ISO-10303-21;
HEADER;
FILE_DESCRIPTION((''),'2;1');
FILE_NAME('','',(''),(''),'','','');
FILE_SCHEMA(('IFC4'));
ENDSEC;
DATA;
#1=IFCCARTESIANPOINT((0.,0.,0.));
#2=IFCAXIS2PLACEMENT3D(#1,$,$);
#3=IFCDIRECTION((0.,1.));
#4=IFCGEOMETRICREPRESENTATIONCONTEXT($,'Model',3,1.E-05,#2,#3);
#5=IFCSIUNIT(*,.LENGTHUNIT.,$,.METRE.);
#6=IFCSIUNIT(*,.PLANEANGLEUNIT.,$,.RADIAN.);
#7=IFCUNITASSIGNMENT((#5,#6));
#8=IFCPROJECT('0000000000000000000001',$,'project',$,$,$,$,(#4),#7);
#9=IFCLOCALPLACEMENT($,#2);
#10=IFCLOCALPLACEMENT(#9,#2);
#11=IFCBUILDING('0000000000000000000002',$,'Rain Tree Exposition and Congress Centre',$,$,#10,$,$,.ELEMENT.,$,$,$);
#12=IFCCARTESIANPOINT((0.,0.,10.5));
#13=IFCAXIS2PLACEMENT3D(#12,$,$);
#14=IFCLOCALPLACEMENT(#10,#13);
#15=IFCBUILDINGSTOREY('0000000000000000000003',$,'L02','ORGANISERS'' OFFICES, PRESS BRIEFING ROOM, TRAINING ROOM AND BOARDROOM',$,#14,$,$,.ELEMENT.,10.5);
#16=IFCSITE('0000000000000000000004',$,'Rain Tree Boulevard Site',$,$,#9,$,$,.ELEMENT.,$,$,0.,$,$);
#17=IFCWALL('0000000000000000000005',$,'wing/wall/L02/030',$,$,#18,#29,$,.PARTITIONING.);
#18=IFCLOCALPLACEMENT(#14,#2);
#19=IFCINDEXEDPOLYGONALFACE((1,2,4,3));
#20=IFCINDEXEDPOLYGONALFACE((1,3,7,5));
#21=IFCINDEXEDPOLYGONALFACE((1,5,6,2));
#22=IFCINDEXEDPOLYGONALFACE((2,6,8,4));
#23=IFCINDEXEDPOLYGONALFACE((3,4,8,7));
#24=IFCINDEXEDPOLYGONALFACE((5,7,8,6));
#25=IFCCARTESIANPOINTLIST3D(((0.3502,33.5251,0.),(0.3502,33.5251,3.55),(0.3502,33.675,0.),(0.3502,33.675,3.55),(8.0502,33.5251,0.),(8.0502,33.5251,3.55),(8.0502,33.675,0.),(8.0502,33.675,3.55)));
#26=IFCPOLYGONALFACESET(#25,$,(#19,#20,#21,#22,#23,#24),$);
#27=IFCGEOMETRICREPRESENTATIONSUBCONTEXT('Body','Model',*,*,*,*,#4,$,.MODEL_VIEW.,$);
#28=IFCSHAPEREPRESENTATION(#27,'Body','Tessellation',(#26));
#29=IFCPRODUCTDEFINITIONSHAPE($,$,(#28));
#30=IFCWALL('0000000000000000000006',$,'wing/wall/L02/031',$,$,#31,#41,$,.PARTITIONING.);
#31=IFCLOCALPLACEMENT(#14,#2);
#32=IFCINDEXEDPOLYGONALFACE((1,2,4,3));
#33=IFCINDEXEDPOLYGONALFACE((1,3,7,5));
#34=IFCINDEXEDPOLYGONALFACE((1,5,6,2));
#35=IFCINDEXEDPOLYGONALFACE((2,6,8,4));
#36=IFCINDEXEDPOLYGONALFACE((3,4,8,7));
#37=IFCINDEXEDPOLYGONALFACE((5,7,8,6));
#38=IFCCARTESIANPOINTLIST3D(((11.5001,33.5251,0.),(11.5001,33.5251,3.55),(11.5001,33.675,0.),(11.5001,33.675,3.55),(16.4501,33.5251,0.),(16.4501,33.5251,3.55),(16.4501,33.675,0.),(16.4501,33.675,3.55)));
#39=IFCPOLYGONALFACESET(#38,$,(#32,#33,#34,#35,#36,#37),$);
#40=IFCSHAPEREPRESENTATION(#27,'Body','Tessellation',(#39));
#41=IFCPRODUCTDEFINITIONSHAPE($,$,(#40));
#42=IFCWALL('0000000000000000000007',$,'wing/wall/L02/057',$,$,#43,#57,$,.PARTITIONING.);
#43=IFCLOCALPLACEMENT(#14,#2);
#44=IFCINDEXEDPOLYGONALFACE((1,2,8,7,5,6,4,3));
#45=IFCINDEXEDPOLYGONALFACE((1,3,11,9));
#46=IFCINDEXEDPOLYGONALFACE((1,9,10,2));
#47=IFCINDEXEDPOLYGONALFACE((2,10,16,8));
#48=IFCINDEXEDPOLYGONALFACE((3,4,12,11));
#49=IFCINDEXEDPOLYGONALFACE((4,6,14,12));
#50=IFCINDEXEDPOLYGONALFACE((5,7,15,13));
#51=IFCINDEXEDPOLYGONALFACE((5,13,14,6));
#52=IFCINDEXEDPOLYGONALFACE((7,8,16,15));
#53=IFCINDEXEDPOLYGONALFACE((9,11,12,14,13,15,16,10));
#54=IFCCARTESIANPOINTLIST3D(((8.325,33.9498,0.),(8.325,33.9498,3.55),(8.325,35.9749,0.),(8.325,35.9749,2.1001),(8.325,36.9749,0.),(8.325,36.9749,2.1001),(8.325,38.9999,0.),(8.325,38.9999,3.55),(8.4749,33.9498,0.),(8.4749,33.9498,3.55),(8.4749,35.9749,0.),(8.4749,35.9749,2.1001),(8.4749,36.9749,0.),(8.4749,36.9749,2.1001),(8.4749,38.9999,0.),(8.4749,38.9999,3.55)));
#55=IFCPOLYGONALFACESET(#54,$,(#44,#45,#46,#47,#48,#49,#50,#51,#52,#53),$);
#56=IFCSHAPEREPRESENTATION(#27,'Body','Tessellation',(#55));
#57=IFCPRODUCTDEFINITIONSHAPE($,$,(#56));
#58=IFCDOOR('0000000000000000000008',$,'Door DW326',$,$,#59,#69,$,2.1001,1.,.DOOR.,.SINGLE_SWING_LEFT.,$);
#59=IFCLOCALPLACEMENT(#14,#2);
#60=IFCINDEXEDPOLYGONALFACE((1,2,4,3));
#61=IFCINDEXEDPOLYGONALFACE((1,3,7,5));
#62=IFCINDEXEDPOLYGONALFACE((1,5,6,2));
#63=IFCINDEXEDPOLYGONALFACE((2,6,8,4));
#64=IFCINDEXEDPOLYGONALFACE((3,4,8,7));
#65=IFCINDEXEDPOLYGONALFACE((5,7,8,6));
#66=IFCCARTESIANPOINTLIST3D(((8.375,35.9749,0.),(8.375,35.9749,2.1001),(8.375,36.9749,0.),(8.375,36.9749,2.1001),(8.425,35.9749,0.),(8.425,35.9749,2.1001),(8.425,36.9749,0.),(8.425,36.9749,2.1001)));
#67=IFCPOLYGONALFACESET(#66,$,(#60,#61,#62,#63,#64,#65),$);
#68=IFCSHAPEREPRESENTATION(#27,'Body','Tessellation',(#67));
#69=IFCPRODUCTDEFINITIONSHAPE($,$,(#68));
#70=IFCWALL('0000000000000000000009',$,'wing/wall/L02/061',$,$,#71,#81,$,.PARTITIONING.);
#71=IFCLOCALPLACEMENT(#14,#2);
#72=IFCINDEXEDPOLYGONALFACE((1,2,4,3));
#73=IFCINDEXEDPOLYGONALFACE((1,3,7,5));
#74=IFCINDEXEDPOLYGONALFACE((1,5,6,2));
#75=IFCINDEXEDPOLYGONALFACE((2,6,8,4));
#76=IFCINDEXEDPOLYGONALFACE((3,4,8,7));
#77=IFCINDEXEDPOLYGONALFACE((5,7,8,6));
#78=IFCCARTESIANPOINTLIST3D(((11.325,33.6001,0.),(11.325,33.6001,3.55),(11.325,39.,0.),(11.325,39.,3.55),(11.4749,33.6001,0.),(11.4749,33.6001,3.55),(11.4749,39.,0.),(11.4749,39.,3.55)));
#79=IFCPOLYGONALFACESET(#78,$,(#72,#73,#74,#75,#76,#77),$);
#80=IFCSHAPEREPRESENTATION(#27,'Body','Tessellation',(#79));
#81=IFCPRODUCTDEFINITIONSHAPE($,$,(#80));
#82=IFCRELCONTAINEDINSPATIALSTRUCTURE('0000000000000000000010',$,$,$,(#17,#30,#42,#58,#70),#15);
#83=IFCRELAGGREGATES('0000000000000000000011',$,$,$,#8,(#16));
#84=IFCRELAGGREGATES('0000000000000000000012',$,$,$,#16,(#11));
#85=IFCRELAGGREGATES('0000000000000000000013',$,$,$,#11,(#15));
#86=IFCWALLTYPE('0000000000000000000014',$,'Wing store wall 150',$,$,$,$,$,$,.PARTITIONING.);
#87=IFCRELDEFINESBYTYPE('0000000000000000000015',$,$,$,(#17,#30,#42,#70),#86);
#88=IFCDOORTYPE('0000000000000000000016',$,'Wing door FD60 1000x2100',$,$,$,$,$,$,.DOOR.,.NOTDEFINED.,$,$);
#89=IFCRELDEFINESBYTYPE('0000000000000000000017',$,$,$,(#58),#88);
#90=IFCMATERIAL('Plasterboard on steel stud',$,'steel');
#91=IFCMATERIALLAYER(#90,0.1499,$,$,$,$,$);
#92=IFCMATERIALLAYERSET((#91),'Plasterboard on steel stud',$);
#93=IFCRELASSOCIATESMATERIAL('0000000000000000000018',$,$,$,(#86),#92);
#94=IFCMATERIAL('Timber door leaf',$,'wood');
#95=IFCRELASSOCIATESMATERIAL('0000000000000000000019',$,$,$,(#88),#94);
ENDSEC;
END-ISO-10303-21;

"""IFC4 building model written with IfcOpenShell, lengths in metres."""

from ifc_helpers import new_model, si_unit, direction, frame, frame_2d, origin, place, context, subcontext, project, spatial, rectangle, extrude, material, layer, layer_set, type_object, element, fill, save


model = new_model("IFC4")

# Units and contexts
model_context = context("Model", 3, precision=1e-05, world=origin(), true_north=direction((0.0, 1.0)))
body_context = subcontext(model_context, "Body", "Model", "MODEL_VIEW")
ifc_project = project(units=[si_unit("LENGTHUNIT", "METRE"), si_unit("PLANEANGLEUNIT", "RADIAN")], contexts=[model_context])

# Site, building, storey
site_placement = place(None, origin())
site = spatial("IfcSite", under=ifc_project, at=site_placement, Name="Rain Tree Boulevard Site", CompositionType="ELEMENT", RefElevation=0.0)
building_placement = place(site_placement, origin())
building = spatial("IfcBuilding", under=site, at=building_placement, Name="Rain Tree Exposition and Congress Centre", CompositionType="ELEMENT")
storey_placement = place(building_placement, frame((0.0, 0.0, 10.5)))
storey = spatial("IfcBuildingStorey", under=building, at=storey_placement, Name="L02", Description="ORGANISERS' OFFICES, PRESS BRIEFING ROOM, TRAINING ROOM AND BOARDROOM", CompositionType="ELEMENT", Elevation=10.5)

# Walls
ifc_material_1 = material(Name="Plasterboard on steel stud", Category="steel")
ifc_layer_1 = layer(ifc_material_1, 0.1499)
ifc_layer_set_1 = layer_set([ifc_layer_1], Name="Plasterboard on steel stud")
wall_type = type_object("IfcWallType", Name="Wing store wall 150", PredefinedType="PARTITIONING", material=ifc_layer_set_1)
wall_1_placement = place(storey_placement, frame((0.3501, 33.6001, 0.0), z_axis=(0.0, 0.0, 1.0), x_axis=(1.0, 0.0, 0.0)))
element("IfcWall", 1, at=wall_1_placement, inside=storey, type_object=wall_type, Name="wing/wall/L02/030", PredefinedType="PARTITIONING", context=body_context, shape_type="SweptSolid", body=[
    extrude(rectangle(XDim=7.7, YDim=0.1499, at=frame_2d((3.8501, 0.0))), origin(), (0.0, 0.0, 1.0), 3.55),
])
wall_2_placement = place(storey_placement, frame((11.5, 33.6001, 0.0), z_axis=(0.0, 0.0, 1.0), x_axis=(1.0, 0.0, 0.0)))
element("IfcWall", 2, at=wall_2_placement, inside=storey, type_object=wall_type, Name="wing/wall/L02/031", PredefinedType="PARTITIONING", context=body_context, shape_type="SweptSolid", body=[
    extrude(rectangle(XDim=4.95, YDim=0.1499, at=frame_2d((2.4751, 0.0))), origin(), (0.0, 0.0, 1.0), 3.55),
])

# Wall, opening, door
wall_3_placement = place(storey_placement, frame((8.3999, 33.95, 0.0), z_axis=(0.0, 0.0, 1.0), x_axis=(0.0, 1.0, 0.0)))
wall_3 = element("IfcWall", 3, at=wall_3_placement, inside=storey, type_object=wall_type, Name="wing/wall/L02/057", PredefinedType="PARTITIONING", context=body_context, shape_type="SweptSolid", body=[
    extrude(rectangle(XDim=5.05, YDim=0.1499, at=frame_2d((2.5249, 0.0))), origin(), (0.0, 0.0, 1.0), 3.55),
])
opening_placement = place(wall_3_placement, frame((2.0249, 0.0, 0.0)))
opening = element("IfcOpeningElement", 4, at=opening_placement, cuts=wall_3, PredefinedType="OPENING", context=body_context, shape_type="SweptSolid", body=[
    extrude(rectangle(XDim=1.0, YDim=2.1001, at=frame_2d((0.5, 1.05))), frame((0.0, 0.075, 0.0), z_axis=(0.0, -1.0, 0.0), x_axis=(1.0, 0.0, 0.0)), (0.0, 0.0, 1.0), 0.1499),
])
ifc_material_2 = material(Name="Timber door leaf", Category="wood")
door_type = type_object("IfcDoorType", Name="Wing door FD60 1000x2100", OperationType="NOTDEFINED", PredefinedType="DOOR", material=ifc_material_2)
door_placement = place(opening_placement, origin())
door = element("IfcDoor", 5, at=door_placement, inside=storey, type_object=door_type, Name="Door DW326", OperationType="SINGLE_SWING_LEFT", OverallHeight=2.1001, OverallWidth=1.0, PredefinedType="DOOR", context=body_context, shape_type="SweptSolid", body=[
    extrude(rectangle(XDim=1.0, YDim=2.1001, at=frame_2d((0.5, 1.05))), frame((0.0, 0.0249, 0.0), z_axis=(0.0, -1.0, 0.0), x_axis=(1.0, 0.0, 0.0)), (0.0, 0.0, 1.0), 0.05),
])
fill(opening, door)

# Wall
wall_4_placement = place(storey_placement, frame((11.3999, 33.6001, 0.0), z_axis=(0.0, 0.0, 1.0), x_axis=(0.0, 1.0, 0.0)))
element("IfcWall", 6, at=wall_4_placement, inside=storey, type_object=wall_type, Name="wing/wall/L02/061", PredefinedType="PARTITIONING", context=body_context, shape_type="SweptSolid", body=[
    extrude(rectangle(XDim=5.3999, YDim=0.1499, at=frame_2d((2.7, 0.0))), origin(), (0.0, 0.0, 1.0), 3.55),
])

save(model, "model.ifc")
